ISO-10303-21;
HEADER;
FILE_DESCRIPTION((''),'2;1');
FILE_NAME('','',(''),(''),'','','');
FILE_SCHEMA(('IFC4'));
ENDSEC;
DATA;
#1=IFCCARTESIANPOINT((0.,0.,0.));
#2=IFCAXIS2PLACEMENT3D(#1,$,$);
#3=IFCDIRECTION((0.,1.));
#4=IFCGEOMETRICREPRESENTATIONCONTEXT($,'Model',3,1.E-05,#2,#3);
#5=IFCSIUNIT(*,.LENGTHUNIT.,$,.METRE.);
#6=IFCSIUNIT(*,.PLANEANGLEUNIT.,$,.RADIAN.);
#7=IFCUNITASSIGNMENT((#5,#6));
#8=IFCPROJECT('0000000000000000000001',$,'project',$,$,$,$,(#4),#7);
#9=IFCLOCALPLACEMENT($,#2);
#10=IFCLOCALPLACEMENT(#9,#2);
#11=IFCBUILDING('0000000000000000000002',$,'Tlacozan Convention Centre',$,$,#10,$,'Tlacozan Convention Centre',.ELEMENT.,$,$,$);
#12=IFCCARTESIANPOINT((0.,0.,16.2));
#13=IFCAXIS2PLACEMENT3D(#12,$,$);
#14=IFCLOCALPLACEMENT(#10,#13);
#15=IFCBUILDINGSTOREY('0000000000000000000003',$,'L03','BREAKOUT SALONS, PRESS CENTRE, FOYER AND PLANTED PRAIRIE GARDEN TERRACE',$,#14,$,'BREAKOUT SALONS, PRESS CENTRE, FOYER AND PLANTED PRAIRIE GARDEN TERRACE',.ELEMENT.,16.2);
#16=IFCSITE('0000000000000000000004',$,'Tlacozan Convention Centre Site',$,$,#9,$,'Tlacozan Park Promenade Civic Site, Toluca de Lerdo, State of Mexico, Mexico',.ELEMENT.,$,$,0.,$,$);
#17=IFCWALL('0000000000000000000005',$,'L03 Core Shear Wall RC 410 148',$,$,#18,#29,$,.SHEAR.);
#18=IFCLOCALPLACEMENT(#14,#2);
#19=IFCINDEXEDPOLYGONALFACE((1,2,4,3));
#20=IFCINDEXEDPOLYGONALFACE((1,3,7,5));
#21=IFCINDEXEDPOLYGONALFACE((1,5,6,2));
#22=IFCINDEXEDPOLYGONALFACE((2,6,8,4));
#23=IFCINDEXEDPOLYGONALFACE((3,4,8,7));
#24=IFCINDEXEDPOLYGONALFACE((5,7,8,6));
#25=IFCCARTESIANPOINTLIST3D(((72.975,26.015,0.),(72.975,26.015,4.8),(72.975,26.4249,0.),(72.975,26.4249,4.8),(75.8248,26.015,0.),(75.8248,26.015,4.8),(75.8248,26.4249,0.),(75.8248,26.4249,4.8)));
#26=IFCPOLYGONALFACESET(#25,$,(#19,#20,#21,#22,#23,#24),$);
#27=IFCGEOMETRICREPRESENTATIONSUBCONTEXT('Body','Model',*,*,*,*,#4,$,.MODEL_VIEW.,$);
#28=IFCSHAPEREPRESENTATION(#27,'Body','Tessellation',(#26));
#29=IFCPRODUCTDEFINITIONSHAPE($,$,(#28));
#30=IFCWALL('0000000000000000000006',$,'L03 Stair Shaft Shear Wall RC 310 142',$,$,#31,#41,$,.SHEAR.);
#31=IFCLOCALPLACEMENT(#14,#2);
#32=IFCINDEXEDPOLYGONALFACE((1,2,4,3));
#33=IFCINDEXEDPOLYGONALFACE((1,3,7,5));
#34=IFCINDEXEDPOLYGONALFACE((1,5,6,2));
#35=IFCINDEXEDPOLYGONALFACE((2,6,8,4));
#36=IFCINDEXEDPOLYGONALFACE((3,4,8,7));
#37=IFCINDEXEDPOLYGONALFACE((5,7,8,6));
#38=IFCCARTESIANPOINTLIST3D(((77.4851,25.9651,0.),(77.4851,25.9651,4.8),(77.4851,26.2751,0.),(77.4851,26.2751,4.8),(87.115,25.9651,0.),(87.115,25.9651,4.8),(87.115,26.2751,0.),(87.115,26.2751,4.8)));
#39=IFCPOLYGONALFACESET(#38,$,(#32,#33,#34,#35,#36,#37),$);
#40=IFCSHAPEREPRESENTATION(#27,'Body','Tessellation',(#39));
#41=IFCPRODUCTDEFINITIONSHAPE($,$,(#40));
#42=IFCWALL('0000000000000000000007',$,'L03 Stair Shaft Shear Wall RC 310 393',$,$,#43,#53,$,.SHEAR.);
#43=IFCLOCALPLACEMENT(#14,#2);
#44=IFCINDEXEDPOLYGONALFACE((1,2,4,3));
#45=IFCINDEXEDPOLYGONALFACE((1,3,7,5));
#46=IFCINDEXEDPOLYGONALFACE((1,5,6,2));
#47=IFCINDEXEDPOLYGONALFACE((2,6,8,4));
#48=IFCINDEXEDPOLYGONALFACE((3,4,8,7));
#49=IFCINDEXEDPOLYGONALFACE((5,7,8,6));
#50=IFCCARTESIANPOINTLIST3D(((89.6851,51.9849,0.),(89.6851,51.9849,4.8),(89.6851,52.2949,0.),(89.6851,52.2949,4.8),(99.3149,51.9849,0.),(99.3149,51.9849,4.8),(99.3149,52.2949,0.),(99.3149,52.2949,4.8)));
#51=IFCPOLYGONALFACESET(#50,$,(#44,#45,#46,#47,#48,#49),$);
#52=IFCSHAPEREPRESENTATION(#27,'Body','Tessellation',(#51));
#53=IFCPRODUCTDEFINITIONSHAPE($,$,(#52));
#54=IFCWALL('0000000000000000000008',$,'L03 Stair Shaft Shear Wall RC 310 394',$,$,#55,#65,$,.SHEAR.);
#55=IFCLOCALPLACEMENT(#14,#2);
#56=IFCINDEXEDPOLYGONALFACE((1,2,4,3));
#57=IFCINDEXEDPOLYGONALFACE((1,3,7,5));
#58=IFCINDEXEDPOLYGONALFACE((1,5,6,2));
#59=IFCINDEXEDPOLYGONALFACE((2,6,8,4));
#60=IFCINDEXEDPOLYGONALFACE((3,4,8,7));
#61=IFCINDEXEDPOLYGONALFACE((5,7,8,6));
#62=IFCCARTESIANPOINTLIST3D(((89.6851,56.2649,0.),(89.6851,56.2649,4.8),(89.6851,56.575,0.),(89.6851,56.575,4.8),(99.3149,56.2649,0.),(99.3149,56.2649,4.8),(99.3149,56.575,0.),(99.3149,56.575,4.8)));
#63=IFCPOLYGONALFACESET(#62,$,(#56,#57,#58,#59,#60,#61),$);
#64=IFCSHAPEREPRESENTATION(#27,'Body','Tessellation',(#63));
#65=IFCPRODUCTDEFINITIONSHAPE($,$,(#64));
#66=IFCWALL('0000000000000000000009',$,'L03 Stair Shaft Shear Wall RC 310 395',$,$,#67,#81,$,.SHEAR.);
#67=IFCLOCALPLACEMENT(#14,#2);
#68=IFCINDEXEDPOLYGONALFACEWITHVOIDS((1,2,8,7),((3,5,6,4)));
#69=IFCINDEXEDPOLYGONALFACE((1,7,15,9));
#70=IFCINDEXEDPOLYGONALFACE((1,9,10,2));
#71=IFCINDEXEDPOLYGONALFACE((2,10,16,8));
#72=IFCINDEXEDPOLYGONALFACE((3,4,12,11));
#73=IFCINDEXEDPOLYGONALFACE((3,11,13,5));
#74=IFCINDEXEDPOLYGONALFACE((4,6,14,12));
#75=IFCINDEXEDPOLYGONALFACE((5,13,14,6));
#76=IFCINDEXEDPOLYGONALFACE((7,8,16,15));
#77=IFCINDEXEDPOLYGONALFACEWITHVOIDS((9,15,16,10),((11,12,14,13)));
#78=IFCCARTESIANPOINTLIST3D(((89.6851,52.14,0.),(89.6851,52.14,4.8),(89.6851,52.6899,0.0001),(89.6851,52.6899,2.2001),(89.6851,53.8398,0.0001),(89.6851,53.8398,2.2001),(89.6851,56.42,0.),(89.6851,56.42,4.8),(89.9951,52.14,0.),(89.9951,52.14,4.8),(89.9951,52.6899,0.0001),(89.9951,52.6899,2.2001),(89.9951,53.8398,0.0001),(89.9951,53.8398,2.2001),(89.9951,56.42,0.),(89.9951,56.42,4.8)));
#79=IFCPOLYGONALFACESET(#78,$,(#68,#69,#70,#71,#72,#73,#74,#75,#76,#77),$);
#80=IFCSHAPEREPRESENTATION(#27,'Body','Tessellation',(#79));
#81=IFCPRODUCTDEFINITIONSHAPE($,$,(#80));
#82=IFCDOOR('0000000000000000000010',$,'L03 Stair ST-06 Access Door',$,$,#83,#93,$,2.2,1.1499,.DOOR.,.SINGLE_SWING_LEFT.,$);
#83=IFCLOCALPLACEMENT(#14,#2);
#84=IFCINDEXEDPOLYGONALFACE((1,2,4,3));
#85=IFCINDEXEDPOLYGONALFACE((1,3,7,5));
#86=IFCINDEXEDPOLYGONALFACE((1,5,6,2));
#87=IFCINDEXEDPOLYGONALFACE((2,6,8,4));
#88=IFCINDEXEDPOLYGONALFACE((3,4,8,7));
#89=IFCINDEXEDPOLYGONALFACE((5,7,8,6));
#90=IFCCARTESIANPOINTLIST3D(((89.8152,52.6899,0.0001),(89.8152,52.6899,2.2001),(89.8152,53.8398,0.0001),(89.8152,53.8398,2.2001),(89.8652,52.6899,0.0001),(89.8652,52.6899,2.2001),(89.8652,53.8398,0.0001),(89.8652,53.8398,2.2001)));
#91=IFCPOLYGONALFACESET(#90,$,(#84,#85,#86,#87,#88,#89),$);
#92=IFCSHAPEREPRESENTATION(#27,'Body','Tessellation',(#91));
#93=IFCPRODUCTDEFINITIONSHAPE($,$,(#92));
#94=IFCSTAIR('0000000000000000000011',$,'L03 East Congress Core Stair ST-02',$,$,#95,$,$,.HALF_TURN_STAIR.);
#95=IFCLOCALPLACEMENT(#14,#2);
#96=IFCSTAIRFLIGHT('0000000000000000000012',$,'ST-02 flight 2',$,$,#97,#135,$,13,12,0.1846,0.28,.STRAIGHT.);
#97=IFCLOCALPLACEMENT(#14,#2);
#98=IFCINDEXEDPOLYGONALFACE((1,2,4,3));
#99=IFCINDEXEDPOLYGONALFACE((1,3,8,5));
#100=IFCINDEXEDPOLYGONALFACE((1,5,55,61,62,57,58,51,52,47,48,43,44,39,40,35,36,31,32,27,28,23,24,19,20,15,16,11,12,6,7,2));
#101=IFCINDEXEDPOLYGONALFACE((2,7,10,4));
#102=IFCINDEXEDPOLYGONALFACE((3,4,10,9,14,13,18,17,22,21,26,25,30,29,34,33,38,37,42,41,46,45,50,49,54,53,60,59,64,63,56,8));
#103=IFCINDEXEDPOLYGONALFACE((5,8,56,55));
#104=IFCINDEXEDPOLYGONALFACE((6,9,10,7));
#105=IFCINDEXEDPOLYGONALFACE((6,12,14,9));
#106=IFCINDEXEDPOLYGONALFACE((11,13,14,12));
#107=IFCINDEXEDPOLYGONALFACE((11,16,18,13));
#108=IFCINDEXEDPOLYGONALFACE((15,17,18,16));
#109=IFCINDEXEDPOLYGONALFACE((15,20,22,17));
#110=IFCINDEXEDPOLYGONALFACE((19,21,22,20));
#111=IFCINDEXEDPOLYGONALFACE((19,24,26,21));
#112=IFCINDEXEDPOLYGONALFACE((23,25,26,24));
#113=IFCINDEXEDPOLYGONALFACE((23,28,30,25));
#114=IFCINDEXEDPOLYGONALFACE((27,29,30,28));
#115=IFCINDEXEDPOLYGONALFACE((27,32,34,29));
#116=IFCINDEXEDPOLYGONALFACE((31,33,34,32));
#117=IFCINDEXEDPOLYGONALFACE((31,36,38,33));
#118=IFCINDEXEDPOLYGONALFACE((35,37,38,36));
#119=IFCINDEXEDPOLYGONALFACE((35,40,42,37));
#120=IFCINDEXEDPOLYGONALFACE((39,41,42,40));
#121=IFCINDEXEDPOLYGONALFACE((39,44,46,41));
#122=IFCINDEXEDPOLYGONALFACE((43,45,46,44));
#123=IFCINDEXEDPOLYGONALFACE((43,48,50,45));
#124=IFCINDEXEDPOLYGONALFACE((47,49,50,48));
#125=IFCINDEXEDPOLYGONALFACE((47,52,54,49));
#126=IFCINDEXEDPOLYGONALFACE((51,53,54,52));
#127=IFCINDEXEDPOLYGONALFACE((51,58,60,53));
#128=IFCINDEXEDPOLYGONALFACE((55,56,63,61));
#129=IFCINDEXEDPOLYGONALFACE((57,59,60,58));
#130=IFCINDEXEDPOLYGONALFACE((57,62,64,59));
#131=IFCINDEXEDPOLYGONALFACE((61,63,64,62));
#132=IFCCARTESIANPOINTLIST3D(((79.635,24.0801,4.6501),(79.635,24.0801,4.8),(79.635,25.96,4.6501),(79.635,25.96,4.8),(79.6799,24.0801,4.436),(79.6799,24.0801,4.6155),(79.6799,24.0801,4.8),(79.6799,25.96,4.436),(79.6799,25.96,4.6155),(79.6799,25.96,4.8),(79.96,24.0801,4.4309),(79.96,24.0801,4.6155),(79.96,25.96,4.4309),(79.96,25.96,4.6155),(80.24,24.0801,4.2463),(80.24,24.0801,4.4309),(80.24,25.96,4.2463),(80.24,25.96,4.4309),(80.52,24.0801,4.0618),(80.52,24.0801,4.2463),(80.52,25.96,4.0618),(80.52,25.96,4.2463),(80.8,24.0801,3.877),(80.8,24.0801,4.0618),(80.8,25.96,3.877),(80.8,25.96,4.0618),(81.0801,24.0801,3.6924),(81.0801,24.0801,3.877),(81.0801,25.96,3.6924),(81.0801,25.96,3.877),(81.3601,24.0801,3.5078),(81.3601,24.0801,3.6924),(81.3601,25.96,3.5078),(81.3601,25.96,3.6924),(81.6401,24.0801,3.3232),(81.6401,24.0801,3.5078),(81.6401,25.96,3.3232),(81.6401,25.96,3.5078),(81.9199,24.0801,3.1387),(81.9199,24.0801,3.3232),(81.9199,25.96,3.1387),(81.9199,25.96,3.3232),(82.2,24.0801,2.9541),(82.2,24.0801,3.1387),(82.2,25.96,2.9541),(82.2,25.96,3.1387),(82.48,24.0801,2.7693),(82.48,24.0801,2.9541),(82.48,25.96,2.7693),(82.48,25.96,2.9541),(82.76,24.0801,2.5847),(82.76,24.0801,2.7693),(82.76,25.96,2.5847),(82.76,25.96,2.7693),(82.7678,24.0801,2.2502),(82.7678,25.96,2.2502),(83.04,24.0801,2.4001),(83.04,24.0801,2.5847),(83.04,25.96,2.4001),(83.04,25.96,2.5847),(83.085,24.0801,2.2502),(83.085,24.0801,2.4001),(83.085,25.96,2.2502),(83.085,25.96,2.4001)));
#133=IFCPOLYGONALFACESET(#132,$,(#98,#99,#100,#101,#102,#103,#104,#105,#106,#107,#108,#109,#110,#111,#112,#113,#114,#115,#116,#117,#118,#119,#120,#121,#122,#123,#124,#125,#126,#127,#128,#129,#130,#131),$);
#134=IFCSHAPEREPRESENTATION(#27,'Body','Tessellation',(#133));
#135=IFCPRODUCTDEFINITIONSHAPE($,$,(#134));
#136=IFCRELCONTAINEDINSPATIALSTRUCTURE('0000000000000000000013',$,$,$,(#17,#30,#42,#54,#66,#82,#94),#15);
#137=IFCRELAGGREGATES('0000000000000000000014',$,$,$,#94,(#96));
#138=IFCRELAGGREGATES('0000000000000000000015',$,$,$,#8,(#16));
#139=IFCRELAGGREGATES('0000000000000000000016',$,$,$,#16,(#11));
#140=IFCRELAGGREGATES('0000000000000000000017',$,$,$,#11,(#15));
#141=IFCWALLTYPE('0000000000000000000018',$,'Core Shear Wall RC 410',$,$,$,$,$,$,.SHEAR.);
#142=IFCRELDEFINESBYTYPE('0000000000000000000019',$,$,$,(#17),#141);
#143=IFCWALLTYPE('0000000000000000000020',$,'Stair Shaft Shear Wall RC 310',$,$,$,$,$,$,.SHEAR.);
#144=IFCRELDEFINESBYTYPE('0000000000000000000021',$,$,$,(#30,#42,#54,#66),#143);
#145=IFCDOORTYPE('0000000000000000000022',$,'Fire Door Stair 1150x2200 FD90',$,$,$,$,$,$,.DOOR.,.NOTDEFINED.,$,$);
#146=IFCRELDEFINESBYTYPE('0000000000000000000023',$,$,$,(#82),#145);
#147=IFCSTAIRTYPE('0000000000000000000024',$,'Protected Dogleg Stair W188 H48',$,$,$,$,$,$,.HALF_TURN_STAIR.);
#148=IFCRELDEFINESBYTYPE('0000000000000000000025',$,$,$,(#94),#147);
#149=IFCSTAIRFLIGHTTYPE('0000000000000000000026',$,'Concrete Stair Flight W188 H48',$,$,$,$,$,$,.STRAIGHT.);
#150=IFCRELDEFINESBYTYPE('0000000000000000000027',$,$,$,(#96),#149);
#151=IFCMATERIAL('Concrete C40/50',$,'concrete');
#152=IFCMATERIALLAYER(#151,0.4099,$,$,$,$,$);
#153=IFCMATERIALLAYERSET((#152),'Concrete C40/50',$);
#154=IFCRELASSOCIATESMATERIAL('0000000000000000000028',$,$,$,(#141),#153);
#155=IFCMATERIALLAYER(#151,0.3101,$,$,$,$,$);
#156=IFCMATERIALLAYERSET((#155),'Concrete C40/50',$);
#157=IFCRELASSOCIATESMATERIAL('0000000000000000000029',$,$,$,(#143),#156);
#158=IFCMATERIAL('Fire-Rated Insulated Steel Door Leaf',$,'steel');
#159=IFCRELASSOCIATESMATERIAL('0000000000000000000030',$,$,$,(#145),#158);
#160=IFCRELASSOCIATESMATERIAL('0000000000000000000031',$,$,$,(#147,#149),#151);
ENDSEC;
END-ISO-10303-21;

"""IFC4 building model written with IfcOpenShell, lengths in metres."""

from ifc_helpers import new_model, si_unit, direction, frame, frame_2d, origin, place, context, subcontext, project, spatial, polyline, rectangle, outline, extrude, material, layer, layer_set, type_object, element, fill, aggregate, save


model = new_model("IFC4")

# Units and contexts
model_context = context("Model", 3, precision=1e-05, world=origin(), true_north=direction((0.0, 1.0)))
body_context = subcontext(model_context, "Body", "Model", "MODEL_VIEW")
ifc_project = project(units=[si_unit("LENGTHUNIT", "METRE"), si_unit("PLANEANGLEUNIT", "RADIAN")], contexts=[model_context])

# Site, building, storey
site_placement = place(None, origin())
site = spatial("IfcSite", under=ifc_project, at=site_placement, Name="Tlacozan Convention Centre Site", LongName="Tlacozan Park Promenade Civic Site, Toluca de Lerdo, State of Mexico, Mexico", CompositionType="ELEMENT", RefElevation=0.0)
building_placement = place(site_placement, origin())
building = spatial("IfcBuilding", under=site, at=building_placement, Name="Tlacozan Convention Centre", LongName="Tlacozan Convention Centre", CompositionType="ELEMENT")
storey_placement = place(building_placement, frame((0.0, 0.0, 16.2)))
storey = spatial("IfcBuildingStorey", under=building, at=storey_placement, Name="L03", Description="BREAKOUT SALONS, PRESS CENTRE, FOYER AND PLANTED PRAIRIE GARDEN TERRACE", LongName="BREAKOUT SALONS, PRESS CENTRE, FOYER AND PLANTED PRAIRIE GARDEN TERRACE", CompositionType="ELEMENT", Elevation=16.2)

# Shared definitions
ifc_material_1 = material(Name="Concrete C40/50", Category="concrete")

# Walls
ifc_layer_1 = layer(ifc_material_1, 0.4099)
ifc_layer_set_1 = layer_set([ifc_layer_1], Name="Concrete C40/50")
wall_type_1 = type_object("IfcWallType", Name="Core Shear Wall RC 410", PredefinedType="SHEAR", material=ifc_layer_set_1)
wall_1_placement = place(storey_placement, frame((72.9751, 26.22, 0.0), z_axis=(0.0, 0.0, 1.0), x_axis=(1.0, 0.0, 0.0)))
element("IfcWall", 1, at=wall_1_placement, inside=storey, type_object=wall_type_1, Name="L03 Core Shear Wall RC 410 148", PredefinedType="SHEAR", context=body_context, shape_type="SweptSolid", body=[
    extrude(rectangle(XDim=2.8499, YDim=0.4099, at=frame_2d((1.4248, 0.0))), origin(), (0.0, 0.0, 1.0), 4.8),
])
ifc_layer_2 = layer(ifc_material_1, 0.3101)
ifc_layer_set_2 = layer_set([ifc_layer_2], Name="Concrete C40/50")
wall_type_2 = type_object("IfcWallType", Name="Stair Shaft Shear Wall RC 310", PredefinedType="SHEAR", material=ifc_layer_set_2)
for number, where, z_axis, x_axis, name in (
    (2, (77.4851, 26.1201, 0.0), (0.0, 0.0, 1.0), (1.0, 0.0, 0.0), "L03 Stair Shaft Shear Wall RC 310 142"),
    (3, (89.6851, 52.1399, 0.0), (0.0, 0.0, 1.0), (1.0, 0.0, 0.0), "L03 Stair Shaft Shear Wall RC 310 393"),
    (4, (89.6851, 56.4199, 0.0), (0.0, 0.0, 1.0), (1.0, 0.0, 0.0), "L03 Stair Shaft Shear Wall RC 310 394"),
):
    element("IfcWall", number, at=place(storey_placement, frame(where, z_axis=z_axis, x_axis=x_axis)), inside=storey, type_object=wall_type_2, Name=name, PredefinedType="SHEAR", context=body_context, shape_type="SweptSolid", body=[
        extrude(rectangle(XDim=9.6299, YDim=0.3101, at=frame_2d((4.8149, 0.0))), origin(), (0.0, 0.0, 1.0), 4.8),
    ])

# Wall, opening, door
wall_2_placement = place(storey_placement, frame((89.8401, 52.1399, 0.0), z_axis=(0.0, 0.0, 1.0), x_axis=(0.0, 1.0, 0.0)))
wall_2 = element("IfcWall", 5, at=wall_2_placement, inside=storey, type_object=wall_type_2, Name="L03 Stair Shaft Shear Wall RC 310 395", PredefinedType="SHEAR", context=body_context, shape_type="SweptSolid", body=[
    extrude(rectangle(XDim=4.28, YDim=0.3101, at=frame_2d((2.1401, 0.0))), origin(), (0.0, 0.0, 1.0), 4.8),
])
opening_1_placement = place(wall_2_placement, frame((0.55, 0.0, 0.0)))
opening_1 = element("IfcOpeningElement", 6, at=opening_1_placement, cuts=wall_2, PredefinedType="OPENING", context=body_context, shape_type="SweptSolid", body=[
    extrude(rectangle(XDim=1.1499, YDim=2.2, at=frame_2d((0.575, 1.1001))), frame((0.0, 0.165, 0.0), z_axis=(0.0, -1.0, 0.0), x_axis=(1.0, 0.0, 0.0)), (0.0, 0.0, 1.0), 0.3301),
])
ifc_material_2 = material(Name="Fire-Rated Insulated Steel Door Leaf", Category="steel")
door_type_1 = type_object("IfcDoorType", Name="Fire Door Stair 1150x2200 FD90", OperationType="NOTDEFINED", PredefinedType="DOOR", material=ifc_material_2)
door_1_placement = place(opening_1_placement, origin())
door_1 = element("IfcDoor", 7, at=door_1_placement, inside=storey, type_object=door_type_1, Name="L03 Stair ST-06 Access Door", OperationType="SINGLE_SWING_LEFT", OverallHeight=2.2, OverallWidth=1.1499, PredefinedType="DOOR", context=body_context, shape_type="SweptSolid", body=[
    extrude(rectangle(XDim=1.1499, YDim=2.2, at=frame_2d((0.575, 1.1001))), frame((0.0, 0.0249, 0.0), z_axis=(0.0, -1.0, 0.0), x_axis=(1.0, 0.0, 0.0)), (0.0, 0.0, 1.0), 0.05),
])
fill(opening_1, door_1)

# Stair, stair flight
stair_type = type_object("IfcStairType", Name="Protected Dogleg Stair W188 H48", PredefinedType="HALF_TURN_STAIR", material=ifc_material_1)
stair_placement = place(storey_placement, origin())
stair = element("IfcStair", 8, at=stair_placement, inside=storey, type_object=stair_type, Name="L03 East Congress Core Stair ST-02", PredefinedType="HALF_TURN_STAIR")
stair_flight_type = type_object("IfcStairFlightType", Name="Concrete Stair Flight W188 H48", PredefinedType="STRAIGHT", material=ifc_material_1)
stair_flight_placement = place(storey_placement, frame((83.04, 25.02, 2.4001), z_axis=(0.0, 0.0, 1.0), x_axis=(-1.0, 0.0, 0.0)))
stair_flight = element("IfcStairFlight", 9, at=stair_flight_placement, type_object=stair_flight_type, Name="ST-02 flight 2", NumberOfRisers=13, NumberOfTreads=12, PredefinedType="STRAIGHT", RiserHeight=0.1846, TreadLength=0.28, context=body_context, shape_type="SweptSolid", body=[
    extrude(outline(polyline([(-0.0449, -0.1499), (-0.0449, 0.0), (0.0, 0.0), (0.0, 0.1846), (0.28, 0.1846), (0.28, 0.3691), (0.5601, 0.3691), (0.5601, 0.554), (0.8401, 0.554), (0.8401, 0.7385), (1.1201, 0.7385), (1.1201, 0.9231), (1.3999, 0.9231), (1.3999, 1.1077), (1.6799, 1.1077), (1.6799, 1.2922), (1.96, 1.2922), (1.96, 1.4768), (2.24, 1.4768), (2.24, 1.6616), (2.52, 1.6616), (2.52, 1.8462), (2.8, 1.8462), (2.8, 2.0308), (3.0801, 2.0308), (3.0801, 2.2153), (3.3601, 2.2153), (3.3601, 2.3999), (3.405, 2.3999), (3.405, 2.25), (3.3601, 2.0359), (0.2722, -0.1499), (-0.0449, -0.1499)])), frame((0.0, 0.9399, 0.0), z_axis=(0.0, -1.0, 0.0), x_axis=(1.0, 0.0, 0.0)), (0.0, 0.0, 1.0), 1.8799),
])
aggregate(stair, [stair_flight])

save(model, "model.ifc")
